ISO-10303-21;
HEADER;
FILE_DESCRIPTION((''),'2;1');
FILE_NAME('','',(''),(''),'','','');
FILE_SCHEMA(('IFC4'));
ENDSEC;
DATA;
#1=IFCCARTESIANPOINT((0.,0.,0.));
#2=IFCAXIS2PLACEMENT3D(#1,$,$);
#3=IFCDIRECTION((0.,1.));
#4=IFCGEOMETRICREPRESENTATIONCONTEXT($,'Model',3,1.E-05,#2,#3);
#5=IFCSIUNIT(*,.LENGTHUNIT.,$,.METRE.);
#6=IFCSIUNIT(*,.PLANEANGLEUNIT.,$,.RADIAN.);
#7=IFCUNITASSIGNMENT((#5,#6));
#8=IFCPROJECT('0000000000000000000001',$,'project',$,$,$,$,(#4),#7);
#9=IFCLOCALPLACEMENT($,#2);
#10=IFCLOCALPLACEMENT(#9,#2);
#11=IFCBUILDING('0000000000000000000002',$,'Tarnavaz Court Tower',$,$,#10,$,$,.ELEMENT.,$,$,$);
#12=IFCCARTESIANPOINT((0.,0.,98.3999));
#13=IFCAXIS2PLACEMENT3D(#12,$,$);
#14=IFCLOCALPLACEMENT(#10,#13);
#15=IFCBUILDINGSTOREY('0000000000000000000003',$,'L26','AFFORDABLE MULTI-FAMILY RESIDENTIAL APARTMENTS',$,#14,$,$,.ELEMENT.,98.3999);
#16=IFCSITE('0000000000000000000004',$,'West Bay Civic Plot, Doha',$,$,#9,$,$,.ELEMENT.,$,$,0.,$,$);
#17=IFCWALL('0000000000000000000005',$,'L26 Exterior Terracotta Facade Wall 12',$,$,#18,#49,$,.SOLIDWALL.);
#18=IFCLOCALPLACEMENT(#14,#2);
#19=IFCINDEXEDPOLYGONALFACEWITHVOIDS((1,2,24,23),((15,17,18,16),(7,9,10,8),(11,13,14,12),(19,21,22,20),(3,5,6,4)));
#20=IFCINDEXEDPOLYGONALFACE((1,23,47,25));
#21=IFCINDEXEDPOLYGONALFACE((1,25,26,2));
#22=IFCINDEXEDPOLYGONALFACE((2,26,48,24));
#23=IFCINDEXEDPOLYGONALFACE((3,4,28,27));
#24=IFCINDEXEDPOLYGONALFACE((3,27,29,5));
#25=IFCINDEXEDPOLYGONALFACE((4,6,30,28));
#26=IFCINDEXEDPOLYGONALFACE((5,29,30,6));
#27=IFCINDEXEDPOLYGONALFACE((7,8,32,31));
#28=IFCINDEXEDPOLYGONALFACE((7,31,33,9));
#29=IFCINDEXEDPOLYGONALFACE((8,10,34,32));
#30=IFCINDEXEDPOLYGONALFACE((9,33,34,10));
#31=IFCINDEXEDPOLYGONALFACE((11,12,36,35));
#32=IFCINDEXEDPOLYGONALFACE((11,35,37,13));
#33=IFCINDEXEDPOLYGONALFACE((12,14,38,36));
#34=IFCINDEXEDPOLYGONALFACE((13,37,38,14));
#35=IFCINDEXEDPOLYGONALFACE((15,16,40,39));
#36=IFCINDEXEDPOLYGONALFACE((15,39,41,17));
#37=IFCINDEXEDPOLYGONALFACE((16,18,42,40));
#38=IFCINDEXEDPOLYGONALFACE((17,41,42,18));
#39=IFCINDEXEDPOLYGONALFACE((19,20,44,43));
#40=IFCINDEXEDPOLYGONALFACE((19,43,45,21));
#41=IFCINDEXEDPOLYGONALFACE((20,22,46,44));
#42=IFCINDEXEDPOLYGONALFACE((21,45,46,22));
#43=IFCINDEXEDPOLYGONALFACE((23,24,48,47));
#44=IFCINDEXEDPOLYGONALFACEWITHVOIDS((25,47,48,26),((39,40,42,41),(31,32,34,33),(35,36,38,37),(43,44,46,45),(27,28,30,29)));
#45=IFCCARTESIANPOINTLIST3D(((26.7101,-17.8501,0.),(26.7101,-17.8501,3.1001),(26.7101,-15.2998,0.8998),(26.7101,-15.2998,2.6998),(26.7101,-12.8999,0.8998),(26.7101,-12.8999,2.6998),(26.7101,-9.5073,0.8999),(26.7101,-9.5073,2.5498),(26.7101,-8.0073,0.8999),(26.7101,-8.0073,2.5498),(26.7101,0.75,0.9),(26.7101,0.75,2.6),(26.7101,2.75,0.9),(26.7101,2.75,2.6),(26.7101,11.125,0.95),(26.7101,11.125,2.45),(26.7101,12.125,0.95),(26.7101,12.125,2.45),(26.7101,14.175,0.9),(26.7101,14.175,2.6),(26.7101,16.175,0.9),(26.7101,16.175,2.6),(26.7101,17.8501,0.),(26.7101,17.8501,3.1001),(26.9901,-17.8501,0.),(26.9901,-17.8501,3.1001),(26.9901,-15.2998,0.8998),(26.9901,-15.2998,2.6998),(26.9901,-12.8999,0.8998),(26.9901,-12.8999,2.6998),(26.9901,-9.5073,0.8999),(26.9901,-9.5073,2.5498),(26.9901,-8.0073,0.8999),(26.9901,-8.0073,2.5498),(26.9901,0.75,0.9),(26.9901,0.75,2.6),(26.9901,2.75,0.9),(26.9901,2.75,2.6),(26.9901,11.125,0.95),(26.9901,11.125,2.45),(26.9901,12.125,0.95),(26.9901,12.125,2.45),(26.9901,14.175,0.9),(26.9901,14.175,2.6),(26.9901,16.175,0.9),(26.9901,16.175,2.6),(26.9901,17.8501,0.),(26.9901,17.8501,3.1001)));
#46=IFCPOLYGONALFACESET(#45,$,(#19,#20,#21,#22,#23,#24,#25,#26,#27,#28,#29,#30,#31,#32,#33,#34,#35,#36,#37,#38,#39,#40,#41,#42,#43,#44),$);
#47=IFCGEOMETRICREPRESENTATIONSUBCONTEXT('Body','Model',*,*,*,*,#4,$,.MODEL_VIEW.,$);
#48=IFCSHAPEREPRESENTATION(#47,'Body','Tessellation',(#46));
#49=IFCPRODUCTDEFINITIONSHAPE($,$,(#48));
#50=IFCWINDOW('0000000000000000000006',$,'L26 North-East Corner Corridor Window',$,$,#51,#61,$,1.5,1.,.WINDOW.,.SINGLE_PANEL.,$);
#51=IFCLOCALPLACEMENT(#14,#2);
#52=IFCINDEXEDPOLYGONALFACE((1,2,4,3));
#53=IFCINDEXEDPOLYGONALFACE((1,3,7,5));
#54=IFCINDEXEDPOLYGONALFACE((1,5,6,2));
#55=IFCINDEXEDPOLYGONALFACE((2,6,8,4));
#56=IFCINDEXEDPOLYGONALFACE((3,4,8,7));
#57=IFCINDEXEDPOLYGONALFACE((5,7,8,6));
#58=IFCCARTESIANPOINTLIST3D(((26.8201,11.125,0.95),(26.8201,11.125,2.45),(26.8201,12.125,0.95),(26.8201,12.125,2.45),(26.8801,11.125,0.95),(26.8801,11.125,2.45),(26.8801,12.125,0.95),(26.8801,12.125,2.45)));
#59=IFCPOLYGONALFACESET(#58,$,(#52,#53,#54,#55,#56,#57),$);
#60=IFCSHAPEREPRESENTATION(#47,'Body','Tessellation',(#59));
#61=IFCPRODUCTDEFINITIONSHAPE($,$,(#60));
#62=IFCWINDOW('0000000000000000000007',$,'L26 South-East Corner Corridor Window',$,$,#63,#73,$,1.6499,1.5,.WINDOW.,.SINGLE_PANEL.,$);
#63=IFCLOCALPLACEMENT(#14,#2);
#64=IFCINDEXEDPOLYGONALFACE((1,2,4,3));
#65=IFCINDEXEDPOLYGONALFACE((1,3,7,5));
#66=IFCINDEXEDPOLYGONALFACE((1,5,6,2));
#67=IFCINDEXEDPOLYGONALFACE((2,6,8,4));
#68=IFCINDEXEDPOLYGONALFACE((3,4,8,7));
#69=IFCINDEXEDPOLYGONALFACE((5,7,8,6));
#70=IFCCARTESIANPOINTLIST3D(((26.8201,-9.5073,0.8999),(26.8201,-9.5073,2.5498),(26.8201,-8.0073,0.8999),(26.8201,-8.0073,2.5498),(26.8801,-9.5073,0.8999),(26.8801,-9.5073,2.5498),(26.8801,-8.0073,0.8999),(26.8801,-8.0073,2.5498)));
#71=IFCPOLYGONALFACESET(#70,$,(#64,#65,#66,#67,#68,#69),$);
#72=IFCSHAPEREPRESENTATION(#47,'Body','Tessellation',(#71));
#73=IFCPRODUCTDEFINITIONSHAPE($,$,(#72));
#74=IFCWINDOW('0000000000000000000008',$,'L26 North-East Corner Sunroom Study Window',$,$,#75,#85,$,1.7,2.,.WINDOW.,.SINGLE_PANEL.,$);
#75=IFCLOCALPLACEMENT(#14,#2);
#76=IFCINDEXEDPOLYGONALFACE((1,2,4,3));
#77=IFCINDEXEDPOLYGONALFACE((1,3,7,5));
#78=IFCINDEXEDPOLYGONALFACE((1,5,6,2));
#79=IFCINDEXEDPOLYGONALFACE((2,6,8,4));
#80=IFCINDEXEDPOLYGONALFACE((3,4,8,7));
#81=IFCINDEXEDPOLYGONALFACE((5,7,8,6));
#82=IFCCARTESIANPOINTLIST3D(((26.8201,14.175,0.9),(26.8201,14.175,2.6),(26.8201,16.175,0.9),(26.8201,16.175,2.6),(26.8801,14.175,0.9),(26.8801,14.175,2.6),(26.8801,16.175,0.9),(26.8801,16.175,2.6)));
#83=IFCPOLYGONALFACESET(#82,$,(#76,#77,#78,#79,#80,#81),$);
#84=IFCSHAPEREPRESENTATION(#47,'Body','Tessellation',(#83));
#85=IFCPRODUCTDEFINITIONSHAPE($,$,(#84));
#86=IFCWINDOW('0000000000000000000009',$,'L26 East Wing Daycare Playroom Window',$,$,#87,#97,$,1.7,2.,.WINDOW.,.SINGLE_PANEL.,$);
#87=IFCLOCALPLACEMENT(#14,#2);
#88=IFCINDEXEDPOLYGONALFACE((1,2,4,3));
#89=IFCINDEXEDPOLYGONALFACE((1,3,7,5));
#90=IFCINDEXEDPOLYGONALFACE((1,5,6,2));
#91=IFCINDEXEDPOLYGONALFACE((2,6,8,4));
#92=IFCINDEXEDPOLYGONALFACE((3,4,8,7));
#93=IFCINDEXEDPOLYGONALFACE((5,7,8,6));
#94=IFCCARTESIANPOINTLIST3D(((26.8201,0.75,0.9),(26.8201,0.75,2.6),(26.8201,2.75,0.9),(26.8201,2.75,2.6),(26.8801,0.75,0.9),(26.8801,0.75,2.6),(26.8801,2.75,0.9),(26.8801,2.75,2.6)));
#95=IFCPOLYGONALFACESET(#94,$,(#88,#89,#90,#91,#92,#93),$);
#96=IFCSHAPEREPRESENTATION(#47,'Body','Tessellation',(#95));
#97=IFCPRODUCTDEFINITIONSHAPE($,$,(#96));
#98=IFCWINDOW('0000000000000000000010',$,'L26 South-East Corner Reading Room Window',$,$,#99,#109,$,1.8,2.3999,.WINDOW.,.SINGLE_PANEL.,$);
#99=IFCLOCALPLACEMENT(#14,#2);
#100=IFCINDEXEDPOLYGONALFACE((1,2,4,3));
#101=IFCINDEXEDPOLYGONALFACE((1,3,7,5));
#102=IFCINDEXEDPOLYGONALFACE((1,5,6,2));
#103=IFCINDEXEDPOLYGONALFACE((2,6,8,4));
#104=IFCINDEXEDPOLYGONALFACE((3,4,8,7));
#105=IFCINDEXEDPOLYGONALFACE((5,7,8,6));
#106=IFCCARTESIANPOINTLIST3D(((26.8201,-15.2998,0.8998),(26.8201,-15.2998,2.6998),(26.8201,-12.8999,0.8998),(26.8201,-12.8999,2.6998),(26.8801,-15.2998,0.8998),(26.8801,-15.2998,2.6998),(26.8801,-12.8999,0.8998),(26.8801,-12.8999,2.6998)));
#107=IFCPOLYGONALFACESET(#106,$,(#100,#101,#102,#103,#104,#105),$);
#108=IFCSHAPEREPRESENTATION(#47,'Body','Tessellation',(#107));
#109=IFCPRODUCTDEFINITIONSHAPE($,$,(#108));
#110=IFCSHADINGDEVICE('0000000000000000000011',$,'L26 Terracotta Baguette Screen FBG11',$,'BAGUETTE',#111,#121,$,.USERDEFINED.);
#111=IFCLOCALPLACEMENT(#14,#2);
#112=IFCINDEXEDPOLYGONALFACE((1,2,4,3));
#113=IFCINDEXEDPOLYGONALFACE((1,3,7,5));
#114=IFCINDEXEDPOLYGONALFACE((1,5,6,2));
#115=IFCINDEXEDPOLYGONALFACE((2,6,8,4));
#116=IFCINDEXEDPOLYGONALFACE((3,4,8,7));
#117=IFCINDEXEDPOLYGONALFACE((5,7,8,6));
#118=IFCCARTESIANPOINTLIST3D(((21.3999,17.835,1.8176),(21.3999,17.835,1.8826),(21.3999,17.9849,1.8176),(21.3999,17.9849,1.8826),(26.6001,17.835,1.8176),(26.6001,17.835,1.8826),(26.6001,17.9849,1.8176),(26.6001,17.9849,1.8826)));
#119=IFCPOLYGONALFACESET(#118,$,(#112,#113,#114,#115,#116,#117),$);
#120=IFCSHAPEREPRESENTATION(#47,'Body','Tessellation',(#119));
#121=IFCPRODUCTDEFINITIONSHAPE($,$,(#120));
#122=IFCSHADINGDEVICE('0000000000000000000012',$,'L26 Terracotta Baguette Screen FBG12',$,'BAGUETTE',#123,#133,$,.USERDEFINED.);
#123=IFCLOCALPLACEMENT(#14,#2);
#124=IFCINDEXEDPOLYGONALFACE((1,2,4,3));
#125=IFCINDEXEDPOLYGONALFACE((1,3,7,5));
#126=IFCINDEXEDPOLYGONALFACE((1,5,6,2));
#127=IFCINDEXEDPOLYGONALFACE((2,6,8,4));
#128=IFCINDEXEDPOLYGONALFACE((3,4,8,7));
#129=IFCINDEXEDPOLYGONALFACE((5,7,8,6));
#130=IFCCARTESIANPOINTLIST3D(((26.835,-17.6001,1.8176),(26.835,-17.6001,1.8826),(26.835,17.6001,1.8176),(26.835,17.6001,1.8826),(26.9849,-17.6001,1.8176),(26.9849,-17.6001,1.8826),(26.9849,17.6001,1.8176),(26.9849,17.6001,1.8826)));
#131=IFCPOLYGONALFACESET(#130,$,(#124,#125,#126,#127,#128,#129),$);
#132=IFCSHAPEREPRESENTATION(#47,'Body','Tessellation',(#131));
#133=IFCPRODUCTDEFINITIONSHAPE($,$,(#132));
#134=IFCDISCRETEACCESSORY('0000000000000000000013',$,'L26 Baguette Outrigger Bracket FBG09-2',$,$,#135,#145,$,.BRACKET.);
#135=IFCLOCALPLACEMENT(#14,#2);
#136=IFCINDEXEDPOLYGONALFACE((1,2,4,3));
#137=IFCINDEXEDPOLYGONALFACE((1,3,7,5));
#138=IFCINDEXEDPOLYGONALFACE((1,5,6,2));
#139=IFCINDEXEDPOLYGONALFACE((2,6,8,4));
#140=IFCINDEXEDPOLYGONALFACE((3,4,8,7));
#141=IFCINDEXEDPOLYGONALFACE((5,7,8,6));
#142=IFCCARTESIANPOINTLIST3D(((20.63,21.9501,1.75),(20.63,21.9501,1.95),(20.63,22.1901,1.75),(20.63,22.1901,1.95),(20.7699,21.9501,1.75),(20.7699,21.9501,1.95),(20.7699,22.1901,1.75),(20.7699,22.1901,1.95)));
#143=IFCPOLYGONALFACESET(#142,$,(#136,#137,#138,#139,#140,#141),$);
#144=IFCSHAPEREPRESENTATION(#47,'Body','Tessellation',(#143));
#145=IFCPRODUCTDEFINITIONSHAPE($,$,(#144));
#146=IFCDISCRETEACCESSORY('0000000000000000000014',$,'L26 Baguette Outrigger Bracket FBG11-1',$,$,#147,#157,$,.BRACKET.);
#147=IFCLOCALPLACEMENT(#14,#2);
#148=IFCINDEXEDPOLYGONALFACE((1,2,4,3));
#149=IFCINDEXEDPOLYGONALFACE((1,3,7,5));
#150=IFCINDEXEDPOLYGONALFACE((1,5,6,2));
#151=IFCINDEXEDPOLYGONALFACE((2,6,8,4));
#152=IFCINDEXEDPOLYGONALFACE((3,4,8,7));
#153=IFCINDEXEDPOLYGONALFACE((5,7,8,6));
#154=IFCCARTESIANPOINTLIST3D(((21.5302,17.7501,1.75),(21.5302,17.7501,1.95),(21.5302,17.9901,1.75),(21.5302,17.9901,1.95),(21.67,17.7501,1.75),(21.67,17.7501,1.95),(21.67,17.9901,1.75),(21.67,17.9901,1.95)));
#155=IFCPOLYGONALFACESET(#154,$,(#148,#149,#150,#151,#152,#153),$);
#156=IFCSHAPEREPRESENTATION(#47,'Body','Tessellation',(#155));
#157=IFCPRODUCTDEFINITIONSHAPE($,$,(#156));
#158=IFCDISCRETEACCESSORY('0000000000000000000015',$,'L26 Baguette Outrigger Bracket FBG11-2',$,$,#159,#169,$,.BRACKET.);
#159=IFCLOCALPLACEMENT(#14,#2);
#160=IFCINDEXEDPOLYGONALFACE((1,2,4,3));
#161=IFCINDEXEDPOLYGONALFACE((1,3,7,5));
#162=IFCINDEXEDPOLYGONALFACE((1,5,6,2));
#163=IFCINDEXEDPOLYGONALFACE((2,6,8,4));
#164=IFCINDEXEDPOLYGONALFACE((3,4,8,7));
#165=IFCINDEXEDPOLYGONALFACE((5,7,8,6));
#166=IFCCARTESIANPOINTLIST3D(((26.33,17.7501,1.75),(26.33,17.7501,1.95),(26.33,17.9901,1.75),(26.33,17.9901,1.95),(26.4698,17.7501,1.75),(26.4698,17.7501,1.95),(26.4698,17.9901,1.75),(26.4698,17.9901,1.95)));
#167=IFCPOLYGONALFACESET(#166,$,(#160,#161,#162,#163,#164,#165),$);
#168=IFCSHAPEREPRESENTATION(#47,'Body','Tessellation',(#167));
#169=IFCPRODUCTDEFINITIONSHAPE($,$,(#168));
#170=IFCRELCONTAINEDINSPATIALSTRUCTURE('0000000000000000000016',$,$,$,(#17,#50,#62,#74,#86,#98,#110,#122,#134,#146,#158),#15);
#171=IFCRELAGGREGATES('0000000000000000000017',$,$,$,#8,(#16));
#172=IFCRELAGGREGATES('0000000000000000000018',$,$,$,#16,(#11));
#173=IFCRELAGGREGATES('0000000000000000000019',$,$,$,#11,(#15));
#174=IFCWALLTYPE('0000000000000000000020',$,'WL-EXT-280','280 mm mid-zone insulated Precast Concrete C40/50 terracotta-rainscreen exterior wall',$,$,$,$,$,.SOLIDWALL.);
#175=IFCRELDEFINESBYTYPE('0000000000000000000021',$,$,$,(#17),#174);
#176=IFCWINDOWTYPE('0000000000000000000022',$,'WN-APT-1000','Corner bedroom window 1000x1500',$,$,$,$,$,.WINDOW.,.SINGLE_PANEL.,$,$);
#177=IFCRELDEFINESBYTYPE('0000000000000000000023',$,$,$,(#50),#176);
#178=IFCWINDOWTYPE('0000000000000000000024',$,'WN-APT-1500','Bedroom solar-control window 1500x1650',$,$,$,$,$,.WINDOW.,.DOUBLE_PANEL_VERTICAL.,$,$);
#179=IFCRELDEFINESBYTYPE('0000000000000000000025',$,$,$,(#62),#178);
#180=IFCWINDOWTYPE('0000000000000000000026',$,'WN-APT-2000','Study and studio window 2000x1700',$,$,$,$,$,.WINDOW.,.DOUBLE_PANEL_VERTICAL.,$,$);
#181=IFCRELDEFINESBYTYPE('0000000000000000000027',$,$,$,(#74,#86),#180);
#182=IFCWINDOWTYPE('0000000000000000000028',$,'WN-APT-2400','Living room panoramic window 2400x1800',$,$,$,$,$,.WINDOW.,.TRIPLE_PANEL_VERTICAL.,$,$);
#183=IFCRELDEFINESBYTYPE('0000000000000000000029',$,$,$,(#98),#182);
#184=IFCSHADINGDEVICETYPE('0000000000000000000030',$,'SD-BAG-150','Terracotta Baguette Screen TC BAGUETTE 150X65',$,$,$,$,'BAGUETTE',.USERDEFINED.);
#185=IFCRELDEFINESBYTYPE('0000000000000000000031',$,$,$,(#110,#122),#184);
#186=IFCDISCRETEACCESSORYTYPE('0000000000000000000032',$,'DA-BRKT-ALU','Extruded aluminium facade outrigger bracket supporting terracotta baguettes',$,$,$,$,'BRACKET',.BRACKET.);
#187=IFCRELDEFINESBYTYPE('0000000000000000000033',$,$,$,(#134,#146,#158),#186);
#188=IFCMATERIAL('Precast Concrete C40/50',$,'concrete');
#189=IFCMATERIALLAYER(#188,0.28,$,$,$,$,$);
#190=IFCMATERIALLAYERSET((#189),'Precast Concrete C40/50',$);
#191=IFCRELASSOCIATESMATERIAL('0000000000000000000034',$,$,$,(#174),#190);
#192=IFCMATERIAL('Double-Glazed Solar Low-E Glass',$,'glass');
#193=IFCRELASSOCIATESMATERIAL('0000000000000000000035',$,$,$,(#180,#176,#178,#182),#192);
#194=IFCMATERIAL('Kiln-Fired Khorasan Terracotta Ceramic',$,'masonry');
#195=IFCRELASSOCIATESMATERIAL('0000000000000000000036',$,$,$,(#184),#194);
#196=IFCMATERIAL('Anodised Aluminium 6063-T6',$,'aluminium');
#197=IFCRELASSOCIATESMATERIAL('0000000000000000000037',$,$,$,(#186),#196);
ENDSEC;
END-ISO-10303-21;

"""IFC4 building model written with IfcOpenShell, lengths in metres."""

from ifc_helpers import new_model, si_unit, direction, frame, frame_2d, origin, origin_2d, place, context, subcontext, project, spatial, rectangle, extrude, material, layer, layer_set, material_profile, profile_set, type_object, element, fill, save


model = new_model("IFC4")

# Units and contexts
model_context = context("Model", 3, precision=1e-05, world=origin(), true_north=direction((0.0, 1.0)))
body_context = subcontext(model_context, "Body", "Model", "MODEL_VIEW")
ifc_project = project(units=[si_unit("LENGTHUNIT", "METRE"), si_unit("PLANEANGLEUNIT", "RADIAN")], contexts=[model_context])

# Site, building, storey
site_placement = place(None, origin())
site = spatial("IfcSite", under=ifc_project, at=site_placement, Name="West Bay Civic Plot, Doha", CompositionType="ELEMENT", RefElevation=0.0)
building_placement = place(site_placement, origin())
building = spatial("IfcBuilding", under=site, at=building_placement, Name="Tarnavaz Court Tower", CompositionType="ELEMENT")
storey_placement = place(building_placement, frame((0.0, 0.0, 98.3999)))
storey = spatial("IfcBuildingStorey", under=building, at=storey_placement, Name="L26", Description="AFFORDABLE MULTI-FAMILY RESIDENTIAL APARTMENTS", CompositionType="ELEMENT", Elevation=98.3999)

# Shared definitions
ifc_material_1 = material(Name="Precast Concrete C40/50", Category="concrete")
ifc_layer = layer(ifc_material_1, 0.28)
ifc_layer_set = layer_set([ifc_layer], Name="Precast Concrete C40/50")
wall_type = type_object("IfcWallType", Name="WL-EXT-280", Description="280 mm mid-zone insulated Precast Concrete C40/50 terracotta-rainscreen exterior wall", PredefinedType="SOLIDWALL", material=ifc_layer_set)
ifc_material_2 = material(Name="Double-Glazed Solar Low-E Glass", Category="glass")
window_type_1 = type_object("IfcWindowType", Name="WN-APT-2000", Description="Study and studio window 2000x1700", PartitioningType="DOUBLE_PANEL_VERTICAL", PredefinedType="WINDOW", material=ifc_material_2)

# Wall, openings, windows
wall_1_placement = place(storey_placement, frame((26.8501, 17.8501, 0.0), z_axis=(0.0, 0.0, 1.0), x_axis=(0.0, -1.0, 0.0)))
wall_1 = element("IfcWall", 1, at=wall_1_placement, inside=storey, type_object=wall_type, Name="L26 Exterior Terracotta Facade Wall 12", PredefinedType="SOLIDWALL", context=body_context, shape_type="SweptSolid", body=[
    extrude(rectangle(XDim=35.7002, YDim=0.28, at=frame_2d((17.8501, 0.0))), origin(), (0.0, 0.0, 1.0), 3.1001),
])
opening_1_placement = place(wall_1_placement, frame((1.675, 0.0, 0.8999)))
opening_1 = element("IfcOpeningElement", 2, at=opening_1_placement, cuts=wall_1, PredefinedType="OPENING", context=body_context, shape_type="SweptSolid", body=[
    extrude(rectangle(XDim=2.0, YDim=1.7, at=frame_2d((1.0, 0.8501))), frame((0.0, 0.1499, 0.0), z_axis=(0.0, -1.0, 0.0), x_axis=(1.0, 0.0, 0.0)), (0.0, 0.0, 1.0), 0.3),
])
opening_2_placement = place(wall_1_placement, frame((5.7251, 0.0, 0.95)))
opening_2 = element("IfcOpeningElement", 3, at=opening_2_placement, cuts=wall_1, PredefinedType="OPENING", context=body_context, shape_type="SweptSolid", body=[
    extrude(rectangle(XDim=1.0, YDim=1.5, at=frame_2d((0.5, 0.75))), frame((0.0, 0.1499, 0.0), z_axis=(0.0, -1.0, 0.0), x_axis=(1.0, 0.0, 0.0)), (0.0, 0.0, 1.0), 0.3),
])
opening_3_placement = place(wall_1_placement, frame((15.1001, 0.0, 0.8999)))
opening_3 = element("IfcOpeningElement", 4, at=opening_3_placement, cuts=wall_1, PredefinedType="OPENING", context=body_context, shape_type="SweptSolid", body=[
    extrude(rectangle(XDim=2.0, YDim=1.7, at=frame_2d((1.0, 0.8501))), frame((0.0, 0.1499, 0.0), z_axis=(0.0, -1.0, 0.0), x_axis=(1.0, 0.0, 0.0)), (0.0, 0.0, 1.0), 0.3),
])
opening_4_placement = place(wall_1_placement, frame((25.8574, 0.0, 0.8999)))
opening_4 = element("IfcOpeningElement", 5, at=opening_4_placement, cuts=wall_1, PredefinedType="OPENING", context=body_context, shape_type="SweptSolid", body=[
    extrude(rectangle(XDim=1.5, YDim=1.6499, at=frame_2d((0.75, 0.825))), frame((0.0, 0.1499, 0.0), z_axis=(0.0, -1.0, 0.0), x_axis=(1.0, 0.0, 0.0)), (0.0, 0.0, 1.0), 0.3),
])
opening_5_placement = place(wall_1_placement, frame((30.75, 0.0, 0.8999)))
opening_5 = element("IfcOpeningElement", 6, at=opening_5_placement, cuts=wall_1, PredefinedType="OPENING", context=body_context, shape_type="SweptSolid", body=[
    extrude(rectangle(XDim=2.3999, YDim=1.8, at=frame_2d((1.2, 0.8999))), frame((0.0, 0.1499, 0.0), z_axis=(0.0, -1.0, 0.0), x_axis=(1.0, 0.0, 0.0)), (0.0, 0.0, 1.0), 0.3),
])
window_type_2 = type_object("IfcWindowType", Name="WN-APT-1000", Description="Corner bedroom window 1000x1500", PartitioningType="SINGLE_PANEL", PredefinedType="WINDOW", material=ifc_material_2)
window_1_placement = place(opening_2_placement, origin())
window_1 = element("IfcWindow", 7, at=window_1_placement, inside=storey, type_object=window_type_2, Name="L26 North-East Corner Corridor Window", OverallHeight=1.5, OverallWidth=1.0, PartitioningType="SINGLE_PANEL", PredefinedType="WINDOW", context=body_context, shape_type="SweptSolid", body=[
    extrude(rectangle(XDim=1.0, YDim=1.5, at=frame_2d((0.5, 0.75))), frame((0.0, 0.03, 0.0), z_axis=(0.0, -1.0, 0.0), x_axis=(1.0, 0.0, 0.0)), (0.0, 0.0, 1.0), 0.0601),
])
fill(opening_2, window_1)
window_type_3 = type_object("IfcWindowType", Name="WN-APT-1500", Description="Bedroom solar-control window 1500x1650", PartitioningType="DOUBLE_PANEL_VERTICAL", PredefinedType="WINDOW", material=ifc_material_2)
window_2_placement = place(opening_4_placement, origin())
window_2 = element("IfcWindow", 8, at=window_2_placement, inside=storey, type_object=window_type_3, Name="L26 South-East Corner Corridor Window", OverallHeight=1.6499, OverallWidth=1.5, PartitioningType="SINGLE_PANEL", PredefinedType="WINDOW", context=body_context, shape_type="SweptSolid", body=[
    extrude(rectangle(XDim=1.5, YDim=1.6499, at=frame_2d((0.75, 0.825))), frame((0.0, 0.03, 0.0), z_axis=(0.0, -1.0, 0.0), x_axis=(1.0, 0.0, 0.0)), (0.0, 0.0, 1.0), 0.0601),
])
fill(opening_4, window_2)
window_3_placement = place(opening_1_placement, origin())
window_3 = element("IfcWindow", 9, at=window_3_placement, inside=storey, type_object=window_type_1, Name="L26 North-East Corner Sunroom Study Window", OverallHeight=1.7, OverallWidth=2.0, PartitioningType="SINGLE_PANEL", PredefinedType="WINDOW", context=body_context, shape_type="SweptSolid", body=[
    extrude(rectangle(XDim=2.0, YDim=1.7, at=frame_2d((1.0, 0.8501))), frame((0.0, 0.03, 0.0), z_axis=(0.0, -1.0, 0.0), x_axis=(1.0, 0.0, 0.0)), (0.0, 0.0, 1.0), 0.0601),
])
fill(opening_1, window_3)
window_4_placement = place(opening_3_placement, origin())
window_4 = element("IfcWindow", 10, at=window_4_placement, inside=storey, type_object=window_type_1, Name="L26 East Wing Daycare Playroom Window", OverallHeight=1.7, OverallWidth=2.0, PartitioningType="SINGLE_PANEL", PredefinedType="WINDOW", context=body_context, shape_type="SweptSolid", body=[
    extrude(rectangle(XDim=2.0, YDim=1.7, at=frame_2d((1.0, 0.8501))), frame((0.0, 0.03, 0.0), z_axis=(0.0, -1.0, 0.0), x_axis=(1.0, 0.0, 0.0)), (0.0, 0.0, 1.0), 0.0601),
])
fill(opening_3, window_4)
window_type_4 = type_object("IfcWindowType", Name="WN-APT-2400", Description="Living room panoramic window 2400x1800", PartitioningType="TRIPLE_PANEL_VERTICAL", PredefinedType="WINDOW", material=ifc_material_2)
window_5_placement = place(opening_5_placement, origin())
window_5 = element("IfcWindow", 11, at=window_5_placement, inside=storey, type_object=window_type_4, Name="L26 South-East Corner Reading Room Window", OverallHeight=1.8, OverallWidth=2.3999, PartitioningType="SINGLE_PANEL", PredefinedType="WINDOW", context=body_context, shape_type="SweptSolid", body=[
    extrude(rectangle(XDim=2.3999, YDim=1.8, at=frame_2d((1.2, 0.8999))), frame((0.0, 0.03, 0.0), z_axis=(0.0, -1.0, 0.0), x_axis=(1.0, 0.0, 0.0)), (0.0, 0.0, 1.0), 0.0601),
])
fill(opening_5, window_5)

# Shading devices
ifc_material_3 = material(Name="Kiln-Fired Khorasan Terracotta Ceramic", Category="masonry")
ifc_material_profile_1 = material_profile(ifc_material_3, rectangle(XDim=0.1499, YDim=0.0649, at=origin_2d()), Name="TC BAGUETTE 150X65")
ifc_profile_set_1 = profile_set([ifc_material_profile_1], Name="Kiln-Fired Khorasan Terracotta Ceramic")
shading_device_type = type_object("IfcShadingDeviceType", Name="SD-BAG-150", Description="Terracotta Baguette Screen TC BAGUETTE 150X65", ElementType="BAGUETTE", PredefinedType="USERDEFINED", material=ifc_profile_set_1)
shading_device_1_placement = place(storey_placement, frame((21.3999, 17.9099, 1.8501), z_axis=(1.0, 0.0, 0.0), x_axis=(0.0, 1.0, 0.0)))
element("IfcShadingDevice", 12, at=shading_device_1_placement, inside=storey, type_object=shading_device_type, Name="L26 Terracotta Baguette Screen FBG11", ObjectType="BAGUETTE", PredefinedType="USERDEFINED", context=body_context, shape_type="SweptSolid", body=[
    extrude(rectangle(XDim=0.1499, YDim=0.0649, at=origin_2d()), origin(), (0.0, 0.0, 1.0), 5.2002),
])
shading_device_2_placement = place(storey_placement, frame((26.9099, 17.6001, 1.8501), z_axis=(0.0, -1.0, 0.0), x_axis=(1.0, 0.0, 0.0)))
element("IfcShadingDevice", 13, at=shading_device_2_placement, inside=storey, type_object=shading_device_type, Name="L26 Terracotta Baguette Screen FBG12", ObjectType="BAGUETTE", PredefinedType="USERDEFINED", context=body_context, shape_type="SweptSolid", body=[
    extrude(rectangle(XDim=0.1499, YDim=0.0649, at=origin_2d()), origin(), (0.0, 0.0, 1.0), 35.2002),
])

# Discrete accessories
ifc_material_4 = material(Name="Anodised Aluminium 6063-T6", Category="aluminium")
discrete_accessory_type = type_object("IfcDiscreteAccessoryType", Name="DA-BRKT-ALU", Description="Extruded aluminium facade outrigger bracket supporting terracotta baguettes", ElementType="BRACKET", PredefinedType="BRACKET", material=ifc_material_4)
for number, where, z_axis, x_axis, name in (
    (14, (20.7, 22.0701, 1.75), (0.0, 0.0, 1.0), (1.0, 0.0, 0.0), "L26 Baguette Outrigger Bracket FBG09-2"),
    (15, (21.6001, 17.8701, 1.75), (0.0, 0.0, 1.0), (1.0, 0.0, 0.0), "L26 Baguette Outrigger Bracket FBG11-1"),
    (16, (26.3999, 17.8701, 1.75), (0.0, 0.0, 1.0), (1.0, 0.0, 0.0), "L26 Baguette Outrigger Bracket FBG11-2"),
):
    element("IfcDiscreteAccessory", number, at=place(storey_placement, frame(where, z_axis=z_axis, x_axis=x_axis)), inside=storey, type_object=discrete_accessory_type, Name=name, PredefinedType="BRACKET", context=body_context, shape_type="SweptSolid", body=[
        extrude(rectangle(XDim=0.1399, YDim=0.24, at=origin_2d()), origin(), (0.0, 0.0, 1.0), 0.2),
    ])

save(model, "model.ifc")
